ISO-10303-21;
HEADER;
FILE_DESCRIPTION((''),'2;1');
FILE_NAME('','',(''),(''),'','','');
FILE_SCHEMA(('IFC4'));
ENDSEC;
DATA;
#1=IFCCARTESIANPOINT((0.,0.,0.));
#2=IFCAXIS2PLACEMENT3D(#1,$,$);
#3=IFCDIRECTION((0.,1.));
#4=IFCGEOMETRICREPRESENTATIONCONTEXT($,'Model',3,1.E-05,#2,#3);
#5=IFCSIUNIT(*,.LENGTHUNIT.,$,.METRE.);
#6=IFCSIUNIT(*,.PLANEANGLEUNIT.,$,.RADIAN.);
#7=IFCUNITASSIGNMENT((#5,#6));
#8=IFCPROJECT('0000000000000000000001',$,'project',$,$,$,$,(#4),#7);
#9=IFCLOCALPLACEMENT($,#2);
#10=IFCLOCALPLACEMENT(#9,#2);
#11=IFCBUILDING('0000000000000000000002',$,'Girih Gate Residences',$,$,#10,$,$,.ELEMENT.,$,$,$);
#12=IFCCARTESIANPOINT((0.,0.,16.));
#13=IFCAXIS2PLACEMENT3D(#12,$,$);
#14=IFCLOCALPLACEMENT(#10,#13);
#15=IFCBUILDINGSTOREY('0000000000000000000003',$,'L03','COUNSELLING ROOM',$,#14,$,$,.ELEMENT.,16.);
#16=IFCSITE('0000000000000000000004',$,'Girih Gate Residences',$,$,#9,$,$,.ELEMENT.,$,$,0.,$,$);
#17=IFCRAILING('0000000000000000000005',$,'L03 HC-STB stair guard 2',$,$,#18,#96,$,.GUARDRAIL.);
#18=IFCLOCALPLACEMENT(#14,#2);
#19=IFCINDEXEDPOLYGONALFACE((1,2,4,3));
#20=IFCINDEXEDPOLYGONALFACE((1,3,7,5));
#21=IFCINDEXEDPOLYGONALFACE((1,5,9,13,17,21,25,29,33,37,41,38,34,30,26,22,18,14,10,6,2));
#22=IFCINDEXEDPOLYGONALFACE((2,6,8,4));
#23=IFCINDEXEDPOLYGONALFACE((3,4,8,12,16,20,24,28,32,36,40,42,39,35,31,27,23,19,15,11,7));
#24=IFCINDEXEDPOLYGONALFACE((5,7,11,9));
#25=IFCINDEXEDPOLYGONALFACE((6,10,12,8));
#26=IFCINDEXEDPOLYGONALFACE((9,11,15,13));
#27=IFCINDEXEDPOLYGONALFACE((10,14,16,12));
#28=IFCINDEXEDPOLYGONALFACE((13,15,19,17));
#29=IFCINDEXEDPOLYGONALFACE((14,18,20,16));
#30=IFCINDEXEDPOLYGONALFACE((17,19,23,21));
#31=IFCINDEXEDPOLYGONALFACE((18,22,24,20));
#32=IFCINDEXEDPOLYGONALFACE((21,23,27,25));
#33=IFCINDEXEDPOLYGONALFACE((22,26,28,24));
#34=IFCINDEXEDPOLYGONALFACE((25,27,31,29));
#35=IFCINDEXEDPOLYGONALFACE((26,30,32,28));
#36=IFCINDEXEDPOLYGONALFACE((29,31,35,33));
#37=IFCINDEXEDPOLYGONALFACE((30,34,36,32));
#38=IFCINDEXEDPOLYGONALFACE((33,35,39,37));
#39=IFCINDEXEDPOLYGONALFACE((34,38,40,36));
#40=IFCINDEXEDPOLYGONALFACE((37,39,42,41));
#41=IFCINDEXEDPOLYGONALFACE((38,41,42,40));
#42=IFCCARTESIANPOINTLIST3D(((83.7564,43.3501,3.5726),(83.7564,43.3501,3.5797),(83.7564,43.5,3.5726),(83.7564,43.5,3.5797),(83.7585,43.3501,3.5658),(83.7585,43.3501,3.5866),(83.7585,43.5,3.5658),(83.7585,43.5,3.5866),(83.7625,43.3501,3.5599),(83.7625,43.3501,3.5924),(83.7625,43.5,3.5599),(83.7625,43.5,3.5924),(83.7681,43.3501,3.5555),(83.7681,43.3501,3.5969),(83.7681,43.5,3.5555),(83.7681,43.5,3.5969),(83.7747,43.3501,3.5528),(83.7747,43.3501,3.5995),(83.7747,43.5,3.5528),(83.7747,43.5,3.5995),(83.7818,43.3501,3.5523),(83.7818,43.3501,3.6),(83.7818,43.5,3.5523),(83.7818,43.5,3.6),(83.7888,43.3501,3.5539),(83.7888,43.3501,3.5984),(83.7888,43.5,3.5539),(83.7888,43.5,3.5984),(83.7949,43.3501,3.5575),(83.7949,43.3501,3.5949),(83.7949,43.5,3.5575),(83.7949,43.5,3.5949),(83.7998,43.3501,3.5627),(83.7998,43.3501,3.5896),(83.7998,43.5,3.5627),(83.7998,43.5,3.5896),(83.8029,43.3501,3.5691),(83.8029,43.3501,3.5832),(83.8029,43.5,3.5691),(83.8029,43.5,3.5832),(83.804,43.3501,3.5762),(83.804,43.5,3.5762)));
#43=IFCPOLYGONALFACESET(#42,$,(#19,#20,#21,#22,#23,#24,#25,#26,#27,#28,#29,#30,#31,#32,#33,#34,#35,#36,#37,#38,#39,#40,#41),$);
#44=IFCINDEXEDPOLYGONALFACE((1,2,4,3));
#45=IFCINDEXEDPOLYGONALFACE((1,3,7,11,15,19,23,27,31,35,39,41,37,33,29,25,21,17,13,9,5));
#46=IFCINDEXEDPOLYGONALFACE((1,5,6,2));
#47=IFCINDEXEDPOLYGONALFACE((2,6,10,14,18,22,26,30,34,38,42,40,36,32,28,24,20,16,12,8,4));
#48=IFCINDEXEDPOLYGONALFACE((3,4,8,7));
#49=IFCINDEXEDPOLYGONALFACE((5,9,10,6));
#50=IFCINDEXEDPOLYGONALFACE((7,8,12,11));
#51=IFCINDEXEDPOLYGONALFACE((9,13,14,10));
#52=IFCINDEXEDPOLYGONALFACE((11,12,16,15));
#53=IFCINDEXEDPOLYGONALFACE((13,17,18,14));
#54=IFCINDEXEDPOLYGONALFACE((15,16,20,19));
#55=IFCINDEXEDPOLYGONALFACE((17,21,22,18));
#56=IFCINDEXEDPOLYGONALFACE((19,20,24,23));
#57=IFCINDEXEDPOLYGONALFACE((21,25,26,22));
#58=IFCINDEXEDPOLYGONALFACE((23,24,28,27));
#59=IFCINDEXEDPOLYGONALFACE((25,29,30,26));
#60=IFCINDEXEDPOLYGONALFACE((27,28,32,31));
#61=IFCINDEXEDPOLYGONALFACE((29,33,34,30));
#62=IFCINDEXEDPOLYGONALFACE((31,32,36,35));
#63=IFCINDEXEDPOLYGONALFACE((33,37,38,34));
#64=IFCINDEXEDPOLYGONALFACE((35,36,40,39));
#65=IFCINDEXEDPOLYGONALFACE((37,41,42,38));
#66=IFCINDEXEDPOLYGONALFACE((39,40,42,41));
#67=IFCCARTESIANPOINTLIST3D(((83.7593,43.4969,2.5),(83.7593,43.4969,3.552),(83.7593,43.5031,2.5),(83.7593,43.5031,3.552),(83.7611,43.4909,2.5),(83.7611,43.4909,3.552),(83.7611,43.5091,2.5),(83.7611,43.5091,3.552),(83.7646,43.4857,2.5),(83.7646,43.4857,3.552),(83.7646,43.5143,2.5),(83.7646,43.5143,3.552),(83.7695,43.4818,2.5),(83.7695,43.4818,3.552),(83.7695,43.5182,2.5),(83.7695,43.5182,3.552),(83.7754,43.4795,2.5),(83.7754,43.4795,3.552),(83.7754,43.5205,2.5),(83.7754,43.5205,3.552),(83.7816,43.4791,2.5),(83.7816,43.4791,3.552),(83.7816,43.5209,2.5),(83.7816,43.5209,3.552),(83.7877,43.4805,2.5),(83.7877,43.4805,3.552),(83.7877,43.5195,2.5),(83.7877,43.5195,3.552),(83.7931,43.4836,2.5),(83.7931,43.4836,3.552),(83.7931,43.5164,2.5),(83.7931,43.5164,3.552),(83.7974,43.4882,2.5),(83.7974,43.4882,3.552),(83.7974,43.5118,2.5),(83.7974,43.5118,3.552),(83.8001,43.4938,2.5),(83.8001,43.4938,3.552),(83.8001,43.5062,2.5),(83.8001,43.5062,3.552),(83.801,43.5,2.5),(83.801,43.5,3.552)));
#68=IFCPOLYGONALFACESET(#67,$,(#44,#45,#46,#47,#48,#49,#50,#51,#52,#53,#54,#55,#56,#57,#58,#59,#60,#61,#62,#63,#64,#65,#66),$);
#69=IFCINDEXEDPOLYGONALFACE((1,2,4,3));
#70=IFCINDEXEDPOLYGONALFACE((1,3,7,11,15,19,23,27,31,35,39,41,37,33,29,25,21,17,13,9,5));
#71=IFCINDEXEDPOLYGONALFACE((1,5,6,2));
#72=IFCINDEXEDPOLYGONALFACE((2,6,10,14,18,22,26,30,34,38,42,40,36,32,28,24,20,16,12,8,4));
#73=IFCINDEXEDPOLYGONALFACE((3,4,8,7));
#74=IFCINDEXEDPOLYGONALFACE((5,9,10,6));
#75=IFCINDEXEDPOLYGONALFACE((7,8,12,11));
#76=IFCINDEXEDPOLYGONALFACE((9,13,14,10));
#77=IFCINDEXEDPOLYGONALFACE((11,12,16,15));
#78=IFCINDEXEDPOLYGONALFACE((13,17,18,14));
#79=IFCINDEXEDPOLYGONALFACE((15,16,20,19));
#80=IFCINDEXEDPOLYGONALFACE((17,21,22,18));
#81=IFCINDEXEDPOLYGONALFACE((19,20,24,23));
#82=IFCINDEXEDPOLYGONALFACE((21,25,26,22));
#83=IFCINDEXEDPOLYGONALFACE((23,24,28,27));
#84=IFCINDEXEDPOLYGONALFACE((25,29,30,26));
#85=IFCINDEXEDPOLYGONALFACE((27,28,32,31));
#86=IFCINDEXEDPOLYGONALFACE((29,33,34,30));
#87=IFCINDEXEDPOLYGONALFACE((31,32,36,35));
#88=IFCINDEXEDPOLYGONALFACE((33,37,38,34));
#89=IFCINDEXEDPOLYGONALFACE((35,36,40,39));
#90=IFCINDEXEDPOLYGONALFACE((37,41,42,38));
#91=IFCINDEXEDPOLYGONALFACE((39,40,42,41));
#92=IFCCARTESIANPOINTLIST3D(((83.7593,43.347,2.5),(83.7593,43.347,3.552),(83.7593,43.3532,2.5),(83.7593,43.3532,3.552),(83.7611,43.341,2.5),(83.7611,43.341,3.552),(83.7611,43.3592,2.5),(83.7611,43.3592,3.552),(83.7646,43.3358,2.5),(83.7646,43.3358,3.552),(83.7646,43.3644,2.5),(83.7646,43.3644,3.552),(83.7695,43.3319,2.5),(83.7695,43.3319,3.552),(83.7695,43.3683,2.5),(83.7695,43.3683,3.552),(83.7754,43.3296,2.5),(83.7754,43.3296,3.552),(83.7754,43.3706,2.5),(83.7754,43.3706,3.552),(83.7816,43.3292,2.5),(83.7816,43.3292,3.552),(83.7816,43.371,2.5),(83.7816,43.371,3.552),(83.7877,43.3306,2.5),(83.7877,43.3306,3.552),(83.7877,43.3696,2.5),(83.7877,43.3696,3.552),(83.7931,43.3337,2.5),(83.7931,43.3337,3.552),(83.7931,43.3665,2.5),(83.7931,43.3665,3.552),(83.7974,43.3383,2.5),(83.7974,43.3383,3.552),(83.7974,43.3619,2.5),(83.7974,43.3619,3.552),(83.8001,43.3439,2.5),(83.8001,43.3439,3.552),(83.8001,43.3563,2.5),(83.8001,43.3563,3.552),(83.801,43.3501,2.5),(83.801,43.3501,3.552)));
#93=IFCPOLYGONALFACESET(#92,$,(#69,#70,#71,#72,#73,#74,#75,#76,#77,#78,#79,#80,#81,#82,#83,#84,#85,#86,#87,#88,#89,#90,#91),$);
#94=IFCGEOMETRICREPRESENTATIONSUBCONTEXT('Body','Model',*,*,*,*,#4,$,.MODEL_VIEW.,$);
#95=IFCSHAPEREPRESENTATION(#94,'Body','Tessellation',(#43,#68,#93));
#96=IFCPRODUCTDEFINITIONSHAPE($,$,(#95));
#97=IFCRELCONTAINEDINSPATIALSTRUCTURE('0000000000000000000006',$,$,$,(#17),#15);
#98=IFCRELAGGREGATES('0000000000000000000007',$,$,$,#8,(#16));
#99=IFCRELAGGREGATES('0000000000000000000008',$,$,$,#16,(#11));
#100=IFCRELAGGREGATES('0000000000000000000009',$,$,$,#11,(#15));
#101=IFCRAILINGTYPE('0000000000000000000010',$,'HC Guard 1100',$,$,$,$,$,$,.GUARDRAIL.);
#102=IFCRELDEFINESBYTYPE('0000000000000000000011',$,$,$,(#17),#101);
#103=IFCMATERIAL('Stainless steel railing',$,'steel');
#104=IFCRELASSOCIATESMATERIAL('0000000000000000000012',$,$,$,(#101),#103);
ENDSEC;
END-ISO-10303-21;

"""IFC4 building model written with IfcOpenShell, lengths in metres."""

from ifc_helpers import new_model, si_unit, direction, frame, origin, origin_2d, place, context, subcontext, project, spatial, circle, extrude, material, type_object, element, save


model = new_model("IFC4")

# Units and contexts
model_context = context("Model", 3, precision=1e-05, world=origin(), true_north=direction((0.0, 1.0)))
body_context = subcontext(model_context, "Body", "Model", "MODEL_VIEW")
ifc_project = project(units=[si_unit("LENGTHUNIT", "METRE"), si_unit("PLANEANGLEUNIT", "RADIAN")], contexts=[model_context])

# Site, building, storey
site_placement = place(None, origin())
site = spatial("IfcSite", under=ifc_project, at=site_placement, Name="Girih Gate Residences", CompositionType="ELEMENT", RefElevation=0.0)
building_placement = place(site_placement, origin())
building = spatial("IfcBuilding", under=site, at=building_placement, Name="Girih Gate Residences", CompositionType="ELEMENT")
storey_placement = place(building_placement, frame((0.0, 0.0, 16.0)))
storey = spatial("IfcBuildingStorey", under=building, at=storey_placement, Name="L03", Description="COUNSELLING ROOM", CompositionType="ELEMENT", Elevation=16.0)

# Railing
ifc_material_1 = material(Name="Stainless steel railing", Category="steel")
railing_type_1 = type_object("IfcRailingType", Name="HC Guard 1100", PredefinedType="GUARDRAIL", material=ifc_material_1)
railing_1_placement = place(storey_placement, frame((83.78, 43.5, 2.5)))
element("IfcRailing", 1, at=railing_1_placement, inside=storey, type_object=railing_type_1, Name="L03 HC-STB stair guard 2", PredefinedType="GUARDRAIL", context=body_context, shape_type="SweptSolid", body=[
    extrude(circle(Radius=0.0239, at=origin_2d()), frame((0.0, 0.0, 1.0762), z_axis=(0.0, -1.0, 0.0), x_axis=(1.0, 0.0, 0.0)), (0.0, 0.0, 1.0), 0.1499),
    extrude(circle(Radius=0.021, at=origin_2d()), origin(), (0.0, 0.0, 1.0), 1.052),
    extrude(circle(Radius=0.021, at=origin_2d()), frame((0.0, -0.1499, 0.0)), (0.0, 0.0, 1.0), 1.052),
])

save(model, "model.ifc")
